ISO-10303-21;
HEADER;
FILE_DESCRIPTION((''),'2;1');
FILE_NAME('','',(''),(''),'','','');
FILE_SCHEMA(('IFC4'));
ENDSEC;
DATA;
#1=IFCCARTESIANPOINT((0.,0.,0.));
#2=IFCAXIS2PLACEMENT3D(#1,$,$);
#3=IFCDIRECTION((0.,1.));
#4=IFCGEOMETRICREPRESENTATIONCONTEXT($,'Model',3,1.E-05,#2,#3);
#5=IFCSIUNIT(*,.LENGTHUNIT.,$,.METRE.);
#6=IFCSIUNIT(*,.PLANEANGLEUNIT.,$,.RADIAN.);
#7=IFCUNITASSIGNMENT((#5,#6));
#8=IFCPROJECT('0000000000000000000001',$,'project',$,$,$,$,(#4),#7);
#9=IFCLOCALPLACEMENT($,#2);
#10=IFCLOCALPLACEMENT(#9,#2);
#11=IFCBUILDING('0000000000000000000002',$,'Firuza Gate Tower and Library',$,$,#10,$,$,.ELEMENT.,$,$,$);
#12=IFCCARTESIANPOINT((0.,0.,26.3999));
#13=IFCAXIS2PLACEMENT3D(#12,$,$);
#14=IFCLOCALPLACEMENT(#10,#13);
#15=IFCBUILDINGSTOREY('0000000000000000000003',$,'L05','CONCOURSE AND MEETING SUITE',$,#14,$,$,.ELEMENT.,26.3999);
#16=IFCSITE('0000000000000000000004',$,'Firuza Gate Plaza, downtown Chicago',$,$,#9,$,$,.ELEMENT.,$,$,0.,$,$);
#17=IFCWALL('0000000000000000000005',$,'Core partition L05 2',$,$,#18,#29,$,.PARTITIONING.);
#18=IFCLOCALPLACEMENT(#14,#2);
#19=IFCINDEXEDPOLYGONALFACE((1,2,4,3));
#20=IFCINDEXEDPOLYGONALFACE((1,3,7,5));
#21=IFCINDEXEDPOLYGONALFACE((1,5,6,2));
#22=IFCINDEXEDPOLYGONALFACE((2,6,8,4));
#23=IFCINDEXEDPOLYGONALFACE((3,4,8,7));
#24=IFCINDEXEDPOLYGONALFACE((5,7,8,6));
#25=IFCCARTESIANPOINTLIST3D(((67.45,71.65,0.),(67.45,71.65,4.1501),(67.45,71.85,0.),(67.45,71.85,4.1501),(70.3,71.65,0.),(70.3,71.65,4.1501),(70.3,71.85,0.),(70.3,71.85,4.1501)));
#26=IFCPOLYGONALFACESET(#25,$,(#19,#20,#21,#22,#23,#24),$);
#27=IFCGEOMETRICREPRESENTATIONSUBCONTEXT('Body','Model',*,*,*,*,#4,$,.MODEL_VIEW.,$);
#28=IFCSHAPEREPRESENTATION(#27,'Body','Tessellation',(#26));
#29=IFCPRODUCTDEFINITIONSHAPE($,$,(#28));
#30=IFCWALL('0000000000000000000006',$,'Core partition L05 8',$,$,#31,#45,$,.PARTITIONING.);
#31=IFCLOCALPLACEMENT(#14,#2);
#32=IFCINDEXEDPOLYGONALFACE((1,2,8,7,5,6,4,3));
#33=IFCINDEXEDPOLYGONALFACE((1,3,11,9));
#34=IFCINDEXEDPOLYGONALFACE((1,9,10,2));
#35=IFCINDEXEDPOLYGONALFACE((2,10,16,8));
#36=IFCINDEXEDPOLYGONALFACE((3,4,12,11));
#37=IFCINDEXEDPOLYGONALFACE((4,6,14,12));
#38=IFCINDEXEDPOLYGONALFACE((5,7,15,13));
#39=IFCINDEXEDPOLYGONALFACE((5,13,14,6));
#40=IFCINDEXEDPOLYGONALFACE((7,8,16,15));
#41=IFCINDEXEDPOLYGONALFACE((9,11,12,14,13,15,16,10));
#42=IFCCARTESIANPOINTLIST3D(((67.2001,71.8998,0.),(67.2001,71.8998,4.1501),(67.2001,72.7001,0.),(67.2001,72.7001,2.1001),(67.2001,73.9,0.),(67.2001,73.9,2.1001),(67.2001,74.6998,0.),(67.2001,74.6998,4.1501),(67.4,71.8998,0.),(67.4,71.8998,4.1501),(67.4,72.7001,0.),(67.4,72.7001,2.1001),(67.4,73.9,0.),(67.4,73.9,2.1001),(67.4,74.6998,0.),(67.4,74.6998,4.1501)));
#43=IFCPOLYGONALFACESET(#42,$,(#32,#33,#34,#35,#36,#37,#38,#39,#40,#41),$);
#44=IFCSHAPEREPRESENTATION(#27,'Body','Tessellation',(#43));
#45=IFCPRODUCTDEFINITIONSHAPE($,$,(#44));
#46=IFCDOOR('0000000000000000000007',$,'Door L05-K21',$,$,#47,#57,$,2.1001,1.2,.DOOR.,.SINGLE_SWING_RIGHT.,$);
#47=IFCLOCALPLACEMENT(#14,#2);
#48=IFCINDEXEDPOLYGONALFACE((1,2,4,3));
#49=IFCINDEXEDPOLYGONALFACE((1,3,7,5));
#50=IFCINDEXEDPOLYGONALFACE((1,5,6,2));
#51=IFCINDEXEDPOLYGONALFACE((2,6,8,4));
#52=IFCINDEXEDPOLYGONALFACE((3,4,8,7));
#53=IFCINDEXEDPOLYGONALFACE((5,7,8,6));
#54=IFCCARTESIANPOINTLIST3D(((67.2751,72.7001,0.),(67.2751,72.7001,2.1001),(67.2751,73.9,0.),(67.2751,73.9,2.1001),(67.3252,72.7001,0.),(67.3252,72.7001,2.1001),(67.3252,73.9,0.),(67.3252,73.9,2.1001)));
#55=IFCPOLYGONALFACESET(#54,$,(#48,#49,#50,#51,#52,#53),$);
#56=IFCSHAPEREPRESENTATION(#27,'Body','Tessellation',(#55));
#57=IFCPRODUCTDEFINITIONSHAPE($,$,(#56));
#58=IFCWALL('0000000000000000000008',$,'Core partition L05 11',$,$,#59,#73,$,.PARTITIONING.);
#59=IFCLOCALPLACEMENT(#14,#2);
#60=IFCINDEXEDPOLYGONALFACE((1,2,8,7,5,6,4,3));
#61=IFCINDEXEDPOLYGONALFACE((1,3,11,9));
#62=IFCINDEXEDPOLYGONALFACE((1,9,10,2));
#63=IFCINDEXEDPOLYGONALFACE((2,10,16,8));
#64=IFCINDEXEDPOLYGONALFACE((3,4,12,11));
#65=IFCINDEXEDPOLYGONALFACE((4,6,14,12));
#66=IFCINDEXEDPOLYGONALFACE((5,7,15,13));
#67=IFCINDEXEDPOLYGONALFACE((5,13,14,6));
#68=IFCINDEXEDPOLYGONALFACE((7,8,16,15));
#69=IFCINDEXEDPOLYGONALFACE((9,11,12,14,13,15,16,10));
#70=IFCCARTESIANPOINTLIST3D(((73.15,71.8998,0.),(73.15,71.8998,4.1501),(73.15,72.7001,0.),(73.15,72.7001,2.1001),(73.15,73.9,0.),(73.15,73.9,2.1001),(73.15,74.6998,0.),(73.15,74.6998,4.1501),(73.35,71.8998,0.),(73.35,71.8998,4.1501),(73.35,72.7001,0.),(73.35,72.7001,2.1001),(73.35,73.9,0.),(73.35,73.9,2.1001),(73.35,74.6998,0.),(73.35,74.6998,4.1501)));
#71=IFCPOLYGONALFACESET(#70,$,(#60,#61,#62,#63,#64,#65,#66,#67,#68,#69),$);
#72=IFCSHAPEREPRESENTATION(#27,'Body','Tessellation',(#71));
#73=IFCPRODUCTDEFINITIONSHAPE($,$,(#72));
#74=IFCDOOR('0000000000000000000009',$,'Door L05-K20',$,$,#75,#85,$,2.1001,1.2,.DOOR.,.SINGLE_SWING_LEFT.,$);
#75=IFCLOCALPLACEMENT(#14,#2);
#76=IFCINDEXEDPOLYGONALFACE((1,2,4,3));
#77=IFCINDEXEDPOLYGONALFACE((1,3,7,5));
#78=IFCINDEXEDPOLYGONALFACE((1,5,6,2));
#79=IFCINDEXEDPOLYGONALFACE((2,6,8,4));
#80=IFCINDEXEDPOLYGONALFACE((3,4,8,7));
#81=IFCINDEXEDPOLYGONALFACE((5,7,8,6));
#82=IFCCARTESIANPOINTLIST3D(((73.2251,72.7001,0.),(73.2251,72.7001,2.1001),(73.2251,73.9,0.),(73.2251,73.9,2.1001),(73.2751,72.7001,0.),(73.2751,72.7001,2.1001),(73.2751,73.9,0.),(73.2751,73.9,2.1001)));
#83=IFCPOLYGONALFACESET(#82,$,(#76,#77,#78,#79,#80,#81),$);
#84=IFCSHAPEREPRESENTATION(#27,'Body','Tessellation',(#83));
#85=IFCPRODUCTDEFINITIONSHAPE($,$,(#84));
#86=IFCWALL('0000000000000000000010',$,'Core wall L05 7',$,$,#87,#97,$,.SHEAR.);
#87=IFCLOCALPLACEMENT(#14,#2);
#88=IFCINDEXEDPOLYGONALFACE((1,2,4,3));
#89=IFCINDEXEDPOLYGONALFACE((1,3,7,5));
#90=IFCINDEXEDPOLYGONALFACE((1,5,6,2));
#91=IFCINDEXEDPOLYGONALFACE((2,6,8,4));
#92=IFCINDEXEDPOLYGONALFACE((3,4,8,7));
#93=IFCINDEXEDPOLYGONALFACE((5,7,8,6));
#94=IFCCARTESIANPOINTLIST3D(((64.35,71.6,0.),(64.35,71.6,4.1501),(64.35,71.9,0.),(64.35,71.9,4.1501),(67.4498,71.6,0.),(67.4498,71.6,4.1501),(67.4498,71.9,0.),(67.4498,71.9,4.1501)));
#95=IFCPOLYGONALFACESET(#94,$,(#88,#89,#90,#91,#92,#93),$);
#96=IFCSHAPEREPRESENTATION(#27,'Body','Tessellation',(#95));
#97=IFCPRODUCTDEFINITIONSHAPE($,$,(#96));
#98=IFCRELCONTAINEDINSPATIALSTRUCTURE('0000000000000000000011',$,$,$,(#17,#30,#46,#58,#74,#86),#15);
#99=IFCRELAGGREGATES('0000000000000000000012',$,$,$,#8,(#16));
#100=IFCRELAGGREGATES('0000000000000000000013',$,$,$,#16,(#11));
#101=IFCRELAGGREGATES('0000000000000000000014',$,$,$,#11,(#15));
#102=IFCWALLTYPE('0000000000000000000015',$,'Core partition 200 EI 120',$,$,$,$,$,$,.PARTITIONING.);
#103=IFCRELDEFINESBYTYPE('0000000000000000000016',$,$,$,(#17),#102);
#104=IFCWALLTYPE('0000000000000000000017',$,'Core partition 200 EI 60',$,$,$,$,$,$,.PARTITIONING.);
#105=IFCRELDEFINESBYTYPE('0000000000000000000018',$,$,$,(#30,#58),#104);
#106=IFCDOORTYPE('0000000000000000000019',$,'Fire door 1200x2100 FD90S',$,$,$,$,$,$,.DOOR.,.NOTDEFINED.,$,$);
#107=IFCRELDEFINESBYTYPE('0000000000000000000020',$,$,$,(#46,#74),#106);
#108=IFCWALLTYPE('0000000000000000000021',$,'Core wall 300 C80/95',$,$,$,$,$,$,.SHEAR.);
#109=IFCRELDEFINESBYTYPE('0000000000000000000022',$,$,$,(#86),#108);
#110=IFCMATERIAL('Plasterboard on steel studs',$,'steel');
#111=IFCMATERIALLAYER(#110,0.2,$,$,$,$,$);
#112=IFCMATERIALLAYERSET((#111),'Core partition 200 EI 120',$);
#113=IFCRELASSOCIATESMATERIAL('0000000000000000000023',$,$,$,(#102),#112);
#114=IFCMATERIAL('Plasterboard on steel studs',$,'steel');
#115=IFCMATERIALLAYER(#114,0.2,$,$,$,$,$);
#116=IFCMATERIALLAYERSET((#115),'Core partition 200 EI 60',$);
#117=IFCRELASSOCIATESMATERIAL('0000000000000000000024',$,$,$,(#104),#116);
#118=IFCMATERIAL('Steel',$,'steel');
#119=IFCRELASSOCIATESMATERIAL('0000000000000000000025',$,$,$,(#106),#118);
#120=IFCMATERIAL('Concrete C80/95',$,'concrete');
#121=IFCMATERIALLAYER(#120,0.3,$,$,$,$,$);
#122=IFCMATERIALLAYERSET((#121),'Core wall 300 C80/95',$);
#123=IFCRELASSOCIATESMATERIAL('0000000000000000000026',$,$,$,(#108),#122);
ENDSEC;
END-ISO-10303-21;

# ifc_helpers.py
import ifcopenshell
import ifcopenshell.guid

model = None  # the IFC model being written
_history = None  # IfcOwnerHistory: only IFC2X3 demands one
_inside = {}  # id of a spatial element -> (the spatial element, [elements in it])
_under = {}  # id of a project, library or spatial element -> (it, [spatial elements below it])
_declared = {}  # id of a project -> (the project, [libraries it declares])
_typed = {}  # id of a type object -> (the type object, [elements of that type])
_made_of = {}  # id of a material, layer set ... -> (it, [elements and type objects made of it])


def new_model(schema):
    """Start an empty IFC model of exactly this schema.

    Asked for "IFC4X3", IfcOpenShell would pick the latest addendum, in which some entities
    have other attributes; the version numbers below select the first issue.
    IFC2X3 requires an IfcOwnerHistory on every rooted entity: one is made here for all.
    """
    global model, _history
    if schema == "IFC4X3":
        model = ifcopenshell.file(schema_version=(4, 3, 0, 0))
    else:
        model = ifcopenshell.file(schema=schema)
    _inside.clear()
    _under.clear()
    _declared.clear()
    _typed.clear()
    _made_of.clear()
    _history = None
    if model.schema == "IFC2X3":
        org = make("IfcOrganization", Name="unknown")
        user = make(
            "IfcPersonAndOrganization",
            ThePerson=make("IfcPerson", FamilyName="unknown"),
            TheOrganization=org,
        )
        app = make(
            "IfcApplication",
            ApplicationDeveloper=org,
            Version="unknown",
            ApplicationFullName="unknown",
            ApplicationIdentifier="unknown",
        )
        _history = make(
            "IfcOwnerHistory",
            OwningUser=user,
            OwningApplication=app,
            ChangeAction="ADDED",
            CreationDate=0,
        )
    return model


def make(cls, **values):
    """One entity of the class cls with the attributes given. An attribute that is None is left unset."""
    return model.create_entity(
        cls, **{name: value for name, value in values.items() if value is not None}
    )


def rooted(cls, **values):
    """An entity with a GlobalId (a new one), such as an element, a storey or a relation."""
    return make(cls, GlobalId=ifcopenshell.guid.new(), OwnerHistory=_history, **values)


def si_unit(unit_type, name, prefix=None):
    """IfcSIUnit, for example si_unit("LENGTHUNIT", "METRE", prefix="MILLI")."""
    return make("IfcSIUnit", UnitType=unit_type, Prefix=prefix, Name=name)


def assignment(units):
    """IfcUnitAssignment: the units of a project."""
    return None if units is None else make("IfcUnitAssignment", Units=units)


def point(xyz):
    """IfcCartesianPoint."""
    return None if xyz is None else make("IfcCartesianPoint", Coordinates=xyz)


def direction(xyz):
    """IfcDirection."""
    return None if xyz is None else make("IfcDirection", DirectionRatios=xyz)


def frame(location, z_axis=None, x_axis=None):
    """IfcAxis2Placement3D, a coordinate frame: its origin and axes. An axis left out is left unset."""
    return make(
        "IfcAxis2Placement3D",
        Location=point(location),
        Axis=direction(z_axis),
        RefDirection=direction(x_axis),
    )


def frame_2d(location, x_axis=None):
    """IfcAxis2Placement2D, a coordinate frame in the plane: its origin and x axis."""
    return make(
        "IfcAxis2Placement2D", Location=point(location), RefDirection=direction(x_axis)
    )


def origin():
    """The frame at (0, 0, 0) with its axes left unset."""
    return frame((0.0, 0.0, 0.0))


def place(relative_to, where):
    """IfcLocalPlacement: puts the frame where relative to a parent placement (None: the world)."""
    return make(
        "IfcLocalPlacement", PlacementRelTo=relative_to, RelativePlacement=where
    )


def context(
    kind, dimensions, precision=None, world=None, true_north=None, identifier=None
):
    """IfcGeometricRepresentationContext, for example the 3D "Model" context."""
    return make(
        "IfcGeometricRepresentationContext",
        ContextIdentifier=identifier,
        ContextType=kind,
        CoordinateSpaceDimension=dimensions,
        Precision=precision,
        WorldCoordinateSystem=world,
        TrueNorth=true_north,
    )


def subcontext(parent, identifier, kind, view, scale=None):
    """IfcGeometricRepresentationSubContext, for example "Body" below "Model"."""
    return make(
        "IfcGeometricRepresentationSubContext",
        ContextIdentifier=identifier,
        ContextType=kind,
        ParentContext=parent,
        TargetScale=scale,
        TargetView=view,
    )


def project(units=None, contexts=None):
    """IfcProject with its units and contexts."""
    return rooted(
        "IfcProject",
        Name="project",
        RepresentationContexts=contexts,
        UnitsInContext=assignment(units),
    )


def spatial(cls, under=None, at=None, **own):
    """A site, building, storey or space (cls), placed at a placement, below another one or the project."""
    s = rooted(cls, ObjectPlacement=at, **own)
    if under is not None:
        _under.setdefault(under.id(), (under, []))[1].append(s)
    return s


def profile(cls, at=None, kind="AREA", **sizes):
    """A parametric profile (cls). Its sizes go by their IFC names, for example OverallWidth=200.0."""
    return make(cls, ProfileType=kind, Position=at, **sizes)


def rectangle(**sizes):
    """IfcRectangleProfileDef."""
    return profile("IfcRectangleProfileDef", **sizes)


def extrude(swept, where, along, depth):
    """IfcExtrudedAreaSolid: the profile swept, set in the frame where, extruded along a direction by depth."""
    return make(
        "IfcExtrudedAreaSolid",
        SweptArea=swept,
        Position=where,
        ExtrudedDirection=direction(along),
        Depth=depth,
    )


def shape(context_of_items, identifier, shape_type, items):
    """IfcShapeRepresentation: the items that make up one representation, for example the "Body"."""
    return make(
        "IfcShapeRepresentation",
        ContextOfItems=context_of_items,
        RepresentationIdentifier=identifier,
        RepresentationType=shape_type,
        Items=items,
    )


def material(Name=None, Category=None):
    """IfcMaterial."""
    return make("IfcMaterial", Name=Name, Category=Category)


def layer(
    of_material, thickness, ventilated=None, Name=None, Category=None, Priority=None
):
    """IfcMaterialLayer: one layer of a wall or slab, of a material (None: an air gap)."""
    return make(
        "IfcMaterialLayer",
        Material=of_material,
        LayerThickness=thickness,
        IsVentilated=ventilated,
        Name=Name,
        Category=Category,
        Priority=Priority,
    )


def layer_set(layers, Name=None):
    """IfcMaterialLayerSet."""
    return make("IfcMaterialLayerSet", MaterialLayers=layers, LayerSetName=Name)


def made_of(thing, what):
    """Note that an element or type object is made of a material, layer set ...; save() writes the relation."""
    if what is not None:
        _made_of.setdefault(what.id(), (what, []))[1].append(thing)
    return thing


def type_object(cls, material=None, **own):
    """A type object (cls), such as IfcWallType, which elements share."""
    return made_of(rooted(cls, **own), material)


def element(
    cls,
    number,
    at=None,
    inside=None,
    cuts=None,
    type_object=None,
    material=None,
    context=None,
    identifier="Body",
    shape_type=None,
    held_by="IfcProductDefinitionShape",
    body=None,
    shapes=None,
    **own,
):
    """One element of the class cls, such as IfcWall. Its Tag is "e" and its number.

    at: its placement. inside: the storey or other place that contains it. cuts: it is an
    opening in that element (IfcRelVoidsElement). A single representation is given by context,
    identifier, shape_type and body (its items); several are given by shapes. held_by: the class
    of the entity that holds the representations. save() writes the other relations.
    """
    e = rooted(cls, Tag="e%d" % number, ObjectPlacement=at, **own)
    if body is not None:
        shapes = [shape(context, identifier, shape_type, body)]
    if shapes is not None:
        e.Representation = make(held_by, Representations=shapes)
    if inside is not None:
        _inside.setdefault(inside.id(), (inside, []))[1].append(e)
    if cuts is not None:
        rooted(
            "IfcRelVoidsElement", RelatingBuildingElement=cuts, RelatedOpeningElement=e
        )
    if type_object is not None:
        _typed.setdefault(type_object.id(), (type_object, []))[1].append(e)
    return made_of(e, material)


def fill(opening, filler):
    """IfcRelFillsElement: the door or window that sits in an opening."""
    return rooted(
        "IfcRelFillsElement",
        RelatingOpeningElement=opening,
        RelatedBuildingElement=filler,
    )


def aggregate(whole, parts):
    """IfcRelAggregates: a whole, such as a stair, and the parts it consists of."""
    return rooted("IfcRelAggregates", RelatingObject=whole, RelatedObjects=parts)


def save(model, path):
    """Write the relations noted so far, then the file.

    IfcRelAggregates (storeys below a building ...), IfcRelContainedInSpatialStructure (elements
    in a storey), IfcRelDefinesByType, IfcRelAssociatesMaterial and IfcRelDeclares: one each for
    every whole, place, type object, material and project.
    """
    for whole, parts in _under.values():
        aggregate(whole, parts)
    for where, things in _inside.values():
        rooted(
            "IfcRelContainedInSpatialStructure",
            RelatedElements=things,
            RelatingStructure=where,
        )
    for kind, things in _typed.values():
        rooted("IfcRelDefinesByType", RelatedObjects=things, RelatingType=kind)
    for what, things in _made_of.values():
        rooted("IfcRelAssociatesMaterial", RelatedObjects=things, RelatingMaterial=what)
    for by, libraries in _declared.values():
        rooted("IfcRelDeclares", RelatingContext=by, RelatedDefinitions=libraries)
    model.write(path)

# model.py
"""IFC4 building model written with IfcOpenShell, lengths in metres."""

from ifc_helpers import new_model, si_unit, direction, frame, frame_2d, origin, place, context, subcontext, project, spatial, rectangle, extrude, material, layer, layer_set, type_object, element, fill, save


model = new_model("IFC4")

# Units and contexts
model_context = context("Model", 3, precision=1e-05, world=origin(), true_north=direction((0.0, 1.0)))
body_context = subcontext(model_context, "Body", "Model", "MODEL_VIEW")
ifc_project = project(units=[si_unit("LENGTHUNIT", "METRE"), si_unit("PLANEANGLEUNIT", "RADIAN")], contexts=[model_context])

# Site, building, storey
site_placement = place(None, origin())
site = spatial("IfcSite", under=ifc_project, at=site_placement, Name="Firuza Gate Plaza, downtown Chicago", CompositionType="ELEMENT", RefElevation=0.0)
building_placement = place(site_placement, origin())
building = spatial("IfcBuilding", under=site, at=building_placement, Name="Firuza Gate Tower and Library", CompositionType="ELEMENT")
storey_placement = place(building_placement, frame((0.0, 0.0, 26.3999)))
storey = spatial("IfcBuildingStorey", under=building, at=storey_placement, Name="L05", Description="CONCOURSE AND MEETING SUITE", CompositionType="ELEMENT", Elevation=26.3999)

# Wall
ifc_material_1 = material(Name="Plasterboard on steel studs", Category="steel")
ifc_layer_1 = layer(ifc_material_1, 0.2)
ifc_layer_set_1 = layer_set([ifc_layer_1], Name="Core partition 200 EI 120")
wall_type_1 = type_object("IfcWallType", Name="Core partition 200 EI 120", PredefinedType="PARTITIONING", material=ifc_layer_set_1)
wall_1_placement = place(storey_placement, frame((67.45, 71.75, 0.0), z_axis=(0.0, 0.0, 1.0), x_axis=(1.0, 0.0, 0.0)))
element("IfcWall", 1, at=wall_1_placement, inside=storey, type_object=wall_type_1, Name="Core partition L05 2", PredefinedType="PARTITIONING", context=body_context, shape_type="SweptSolid", body=[
    extrude(rectangle(XDim=2.8501, YDim=0.2, at=frame_2d((1.425, 0.0))), origin(), (0.0, 0.0, 1.0), 4.1501),
])

# Walls, openings, doors
ifc_material_2 = material(Name="Plasterboard on steel studs", Category="steel")
ifc_layer_2 = layer(ifc_material_2, 0.2)
ifc_layer_set_2 = layer_set([ifc_layer_2], Name="Core partition 200 EI 60")
wall_type_2 = type_object("IfcWallType", Name="Core partition 200 EI 60", PredefinedType="PARTITIONING", material=ifc_layer_set_2)
wall_2_placement = place(storey_placement, frame((67.3, 71.8999, 0.0), z_axis=(0.0, 0.0, 1.0), x_axis=(0.0, 1.0, 0.0)))
wall_2 = element("IfcWall", 2, at=wall_2_placement, inside=storey, type_object=wall_type_2, Name="Core partition L05 8", PredefinedType="PARTITIONING", context=body_context, shape_type="SweptSolid", body=[
    extrude(rectangle(XDim=2.8, YDim=0.2, at=frame_2d((1.3999, 0.0))), origin(), (0.0, 0.0, 1.0), 4.1501),
])
opening_1_placement = place(wall_2_placement, frame((0.8, 0.0, 0.0)))
opening_1 = element("IfcOpeningElement", 3, at=opening_1_placement, cuts=wall_2, PredefinedType="OPENING", context=body_context, shape_type="SweptSolid", body=[
    extrude(rectangle(XDim=1.2, YDim=2.1001, at=frame_2d((0.6001, 1.05))), frame((0.0, 0.1099, 0.0), z_axis=(0.0, -1.0, 0.0), x_axis=(1.0, 0.0, 0.0)), (0.0, 0.0, 1.0), 0.22),
])
ifc_material_3 = material(Name="Steel", Category="steel")
door_type_1 = type_object("IfcDoorType", Name="Fire door 1200x2100 FD90S", OperationType="NOTDEFINED", PredefinedType="DOOR", material=ifc_material_3)
door_1_placement = place(opening_1_placement, origin())
door_1 = element("IfcDoor", 4, at=door_1_placement, inside=storey, type_object=door_type_1, Name="Door L05-K21", OperationType="SINGLE_SWING_RIGHT", OverallHeight=2.1001, OverallWidth=1.2, PredefinedType="DOOR", context=body_context, shape_type="SweptSolid", body=[
    extrude(rectangle(XDim=1.2, YDim=2.1001, at=frame_2d((0.6001, 1.05))), frame((0.0, 0.0249, 0.0), z_axis=(0.0, -1.0, 0.0), x_axis=(1.0, 0.0, 0.0)), (0.0, 0.0, 1.0), 0.05),
])
fill(opening_1, door_1)
wall_3_placement = place(storey_placement, frame((73.25, 71.8999, 0.0), z_axis=(0.0, 0.0, 1.0), x_axis=(0.0, 1.0, 0.0)))
wall_3 = element("IfcWall", 5, at=wall_3_placement, inside=storey, type_object=wall_type_2, Name="Core partition L05 11", PredefinedType="PARTITIONING", context=body_context, shape_type="SweptSolid", body=[
    extrude(rectangle(XDim=2.8, YDim=0.2, at=frame_2d((1.3999, 0.0))), origin(), (0.0, 0.0, 1.0), 4.1501),
])
opening_2_placement = place(wall_3_placement, frame((0.8, 0.0, 0.0)))
opening_2 = element("IfcOpeningElement", 6, at=opening_2_placement, cuts=wall_3, PredefinedType="OPENING", context=body_context, shape_type="SweptSolid", body=[
    extrude(rectangle(XDim=1.2, YDim=2.1001, at=frame_2d((0.6001, 1.05))), frame((0.0, 0.1099, 0.0), z_axis=(0.0, -1.0, 0.0), x_axis=(1.0, 0.0, 0.0)), (0.0, 0.0, 1.0), 0.22),
])
door_2_placement = place(opening_2_placement, origin())
door_2 = element("IfcDoor", 7, at=door_2_placement, inside=storey, type_object=door_type_1, Name="Door L05-K20", OperationType="SINGLE_SWING_LEFT", OverallHeight=2.1001, OverallWidth=1.2, PredefinedType="DOOR", context=body_context, shape_type="SweptSolid", body=[
    extrude(rectangle(XDim=1.2, YDim=2.1001, at=frame_2d((0.6001, 1.05))), frame((0.0, 0.0249, 0.0), z_axis=(0.0, -1.0, 0.0), x_axis=(1.0, 0.0, 0.0)), (0.0, 0.0, 1.0), 0.05),
])
fill(opening_2, door_2)

# Wall
ifc_material_4 = material(Name="Concrete C80/95", Category="concrete")
ifc_layer_3 = layer(ifc_material_4, 0.3)
ifc_layer_set_3 = layer_set([ifc_layer_3], Name="Core wall 300 C80/95")
wall_type_3 = type_object("IfcWallType", Name="Core wall 300 C80/95", PredefinedType="SHEAR", material=ifc_layer_set_3)
wall_4_placement = place(storey_placement, frame((64.3501, 71.75, 0.0), z_axis=(0.0, 0.0, 1.0), x_axis=(1.0, 0.0, 0.0)))
element("IfcWall", 8, at=wall_4_placement, inside=storey, type_object=wall_type_3, Name="Core wall L05 7", PredefinedType="SHEAR", context=body_context, shape_type="SweptSolid", body=[
    extrude(rectangle(XDim=3.0999, YDim=0.3, at=frame_2d((1.5498, 0.0))), origin(), (0.0, 0.0, 1.0), 4.1501),
])

save(model, "model.ifc")
